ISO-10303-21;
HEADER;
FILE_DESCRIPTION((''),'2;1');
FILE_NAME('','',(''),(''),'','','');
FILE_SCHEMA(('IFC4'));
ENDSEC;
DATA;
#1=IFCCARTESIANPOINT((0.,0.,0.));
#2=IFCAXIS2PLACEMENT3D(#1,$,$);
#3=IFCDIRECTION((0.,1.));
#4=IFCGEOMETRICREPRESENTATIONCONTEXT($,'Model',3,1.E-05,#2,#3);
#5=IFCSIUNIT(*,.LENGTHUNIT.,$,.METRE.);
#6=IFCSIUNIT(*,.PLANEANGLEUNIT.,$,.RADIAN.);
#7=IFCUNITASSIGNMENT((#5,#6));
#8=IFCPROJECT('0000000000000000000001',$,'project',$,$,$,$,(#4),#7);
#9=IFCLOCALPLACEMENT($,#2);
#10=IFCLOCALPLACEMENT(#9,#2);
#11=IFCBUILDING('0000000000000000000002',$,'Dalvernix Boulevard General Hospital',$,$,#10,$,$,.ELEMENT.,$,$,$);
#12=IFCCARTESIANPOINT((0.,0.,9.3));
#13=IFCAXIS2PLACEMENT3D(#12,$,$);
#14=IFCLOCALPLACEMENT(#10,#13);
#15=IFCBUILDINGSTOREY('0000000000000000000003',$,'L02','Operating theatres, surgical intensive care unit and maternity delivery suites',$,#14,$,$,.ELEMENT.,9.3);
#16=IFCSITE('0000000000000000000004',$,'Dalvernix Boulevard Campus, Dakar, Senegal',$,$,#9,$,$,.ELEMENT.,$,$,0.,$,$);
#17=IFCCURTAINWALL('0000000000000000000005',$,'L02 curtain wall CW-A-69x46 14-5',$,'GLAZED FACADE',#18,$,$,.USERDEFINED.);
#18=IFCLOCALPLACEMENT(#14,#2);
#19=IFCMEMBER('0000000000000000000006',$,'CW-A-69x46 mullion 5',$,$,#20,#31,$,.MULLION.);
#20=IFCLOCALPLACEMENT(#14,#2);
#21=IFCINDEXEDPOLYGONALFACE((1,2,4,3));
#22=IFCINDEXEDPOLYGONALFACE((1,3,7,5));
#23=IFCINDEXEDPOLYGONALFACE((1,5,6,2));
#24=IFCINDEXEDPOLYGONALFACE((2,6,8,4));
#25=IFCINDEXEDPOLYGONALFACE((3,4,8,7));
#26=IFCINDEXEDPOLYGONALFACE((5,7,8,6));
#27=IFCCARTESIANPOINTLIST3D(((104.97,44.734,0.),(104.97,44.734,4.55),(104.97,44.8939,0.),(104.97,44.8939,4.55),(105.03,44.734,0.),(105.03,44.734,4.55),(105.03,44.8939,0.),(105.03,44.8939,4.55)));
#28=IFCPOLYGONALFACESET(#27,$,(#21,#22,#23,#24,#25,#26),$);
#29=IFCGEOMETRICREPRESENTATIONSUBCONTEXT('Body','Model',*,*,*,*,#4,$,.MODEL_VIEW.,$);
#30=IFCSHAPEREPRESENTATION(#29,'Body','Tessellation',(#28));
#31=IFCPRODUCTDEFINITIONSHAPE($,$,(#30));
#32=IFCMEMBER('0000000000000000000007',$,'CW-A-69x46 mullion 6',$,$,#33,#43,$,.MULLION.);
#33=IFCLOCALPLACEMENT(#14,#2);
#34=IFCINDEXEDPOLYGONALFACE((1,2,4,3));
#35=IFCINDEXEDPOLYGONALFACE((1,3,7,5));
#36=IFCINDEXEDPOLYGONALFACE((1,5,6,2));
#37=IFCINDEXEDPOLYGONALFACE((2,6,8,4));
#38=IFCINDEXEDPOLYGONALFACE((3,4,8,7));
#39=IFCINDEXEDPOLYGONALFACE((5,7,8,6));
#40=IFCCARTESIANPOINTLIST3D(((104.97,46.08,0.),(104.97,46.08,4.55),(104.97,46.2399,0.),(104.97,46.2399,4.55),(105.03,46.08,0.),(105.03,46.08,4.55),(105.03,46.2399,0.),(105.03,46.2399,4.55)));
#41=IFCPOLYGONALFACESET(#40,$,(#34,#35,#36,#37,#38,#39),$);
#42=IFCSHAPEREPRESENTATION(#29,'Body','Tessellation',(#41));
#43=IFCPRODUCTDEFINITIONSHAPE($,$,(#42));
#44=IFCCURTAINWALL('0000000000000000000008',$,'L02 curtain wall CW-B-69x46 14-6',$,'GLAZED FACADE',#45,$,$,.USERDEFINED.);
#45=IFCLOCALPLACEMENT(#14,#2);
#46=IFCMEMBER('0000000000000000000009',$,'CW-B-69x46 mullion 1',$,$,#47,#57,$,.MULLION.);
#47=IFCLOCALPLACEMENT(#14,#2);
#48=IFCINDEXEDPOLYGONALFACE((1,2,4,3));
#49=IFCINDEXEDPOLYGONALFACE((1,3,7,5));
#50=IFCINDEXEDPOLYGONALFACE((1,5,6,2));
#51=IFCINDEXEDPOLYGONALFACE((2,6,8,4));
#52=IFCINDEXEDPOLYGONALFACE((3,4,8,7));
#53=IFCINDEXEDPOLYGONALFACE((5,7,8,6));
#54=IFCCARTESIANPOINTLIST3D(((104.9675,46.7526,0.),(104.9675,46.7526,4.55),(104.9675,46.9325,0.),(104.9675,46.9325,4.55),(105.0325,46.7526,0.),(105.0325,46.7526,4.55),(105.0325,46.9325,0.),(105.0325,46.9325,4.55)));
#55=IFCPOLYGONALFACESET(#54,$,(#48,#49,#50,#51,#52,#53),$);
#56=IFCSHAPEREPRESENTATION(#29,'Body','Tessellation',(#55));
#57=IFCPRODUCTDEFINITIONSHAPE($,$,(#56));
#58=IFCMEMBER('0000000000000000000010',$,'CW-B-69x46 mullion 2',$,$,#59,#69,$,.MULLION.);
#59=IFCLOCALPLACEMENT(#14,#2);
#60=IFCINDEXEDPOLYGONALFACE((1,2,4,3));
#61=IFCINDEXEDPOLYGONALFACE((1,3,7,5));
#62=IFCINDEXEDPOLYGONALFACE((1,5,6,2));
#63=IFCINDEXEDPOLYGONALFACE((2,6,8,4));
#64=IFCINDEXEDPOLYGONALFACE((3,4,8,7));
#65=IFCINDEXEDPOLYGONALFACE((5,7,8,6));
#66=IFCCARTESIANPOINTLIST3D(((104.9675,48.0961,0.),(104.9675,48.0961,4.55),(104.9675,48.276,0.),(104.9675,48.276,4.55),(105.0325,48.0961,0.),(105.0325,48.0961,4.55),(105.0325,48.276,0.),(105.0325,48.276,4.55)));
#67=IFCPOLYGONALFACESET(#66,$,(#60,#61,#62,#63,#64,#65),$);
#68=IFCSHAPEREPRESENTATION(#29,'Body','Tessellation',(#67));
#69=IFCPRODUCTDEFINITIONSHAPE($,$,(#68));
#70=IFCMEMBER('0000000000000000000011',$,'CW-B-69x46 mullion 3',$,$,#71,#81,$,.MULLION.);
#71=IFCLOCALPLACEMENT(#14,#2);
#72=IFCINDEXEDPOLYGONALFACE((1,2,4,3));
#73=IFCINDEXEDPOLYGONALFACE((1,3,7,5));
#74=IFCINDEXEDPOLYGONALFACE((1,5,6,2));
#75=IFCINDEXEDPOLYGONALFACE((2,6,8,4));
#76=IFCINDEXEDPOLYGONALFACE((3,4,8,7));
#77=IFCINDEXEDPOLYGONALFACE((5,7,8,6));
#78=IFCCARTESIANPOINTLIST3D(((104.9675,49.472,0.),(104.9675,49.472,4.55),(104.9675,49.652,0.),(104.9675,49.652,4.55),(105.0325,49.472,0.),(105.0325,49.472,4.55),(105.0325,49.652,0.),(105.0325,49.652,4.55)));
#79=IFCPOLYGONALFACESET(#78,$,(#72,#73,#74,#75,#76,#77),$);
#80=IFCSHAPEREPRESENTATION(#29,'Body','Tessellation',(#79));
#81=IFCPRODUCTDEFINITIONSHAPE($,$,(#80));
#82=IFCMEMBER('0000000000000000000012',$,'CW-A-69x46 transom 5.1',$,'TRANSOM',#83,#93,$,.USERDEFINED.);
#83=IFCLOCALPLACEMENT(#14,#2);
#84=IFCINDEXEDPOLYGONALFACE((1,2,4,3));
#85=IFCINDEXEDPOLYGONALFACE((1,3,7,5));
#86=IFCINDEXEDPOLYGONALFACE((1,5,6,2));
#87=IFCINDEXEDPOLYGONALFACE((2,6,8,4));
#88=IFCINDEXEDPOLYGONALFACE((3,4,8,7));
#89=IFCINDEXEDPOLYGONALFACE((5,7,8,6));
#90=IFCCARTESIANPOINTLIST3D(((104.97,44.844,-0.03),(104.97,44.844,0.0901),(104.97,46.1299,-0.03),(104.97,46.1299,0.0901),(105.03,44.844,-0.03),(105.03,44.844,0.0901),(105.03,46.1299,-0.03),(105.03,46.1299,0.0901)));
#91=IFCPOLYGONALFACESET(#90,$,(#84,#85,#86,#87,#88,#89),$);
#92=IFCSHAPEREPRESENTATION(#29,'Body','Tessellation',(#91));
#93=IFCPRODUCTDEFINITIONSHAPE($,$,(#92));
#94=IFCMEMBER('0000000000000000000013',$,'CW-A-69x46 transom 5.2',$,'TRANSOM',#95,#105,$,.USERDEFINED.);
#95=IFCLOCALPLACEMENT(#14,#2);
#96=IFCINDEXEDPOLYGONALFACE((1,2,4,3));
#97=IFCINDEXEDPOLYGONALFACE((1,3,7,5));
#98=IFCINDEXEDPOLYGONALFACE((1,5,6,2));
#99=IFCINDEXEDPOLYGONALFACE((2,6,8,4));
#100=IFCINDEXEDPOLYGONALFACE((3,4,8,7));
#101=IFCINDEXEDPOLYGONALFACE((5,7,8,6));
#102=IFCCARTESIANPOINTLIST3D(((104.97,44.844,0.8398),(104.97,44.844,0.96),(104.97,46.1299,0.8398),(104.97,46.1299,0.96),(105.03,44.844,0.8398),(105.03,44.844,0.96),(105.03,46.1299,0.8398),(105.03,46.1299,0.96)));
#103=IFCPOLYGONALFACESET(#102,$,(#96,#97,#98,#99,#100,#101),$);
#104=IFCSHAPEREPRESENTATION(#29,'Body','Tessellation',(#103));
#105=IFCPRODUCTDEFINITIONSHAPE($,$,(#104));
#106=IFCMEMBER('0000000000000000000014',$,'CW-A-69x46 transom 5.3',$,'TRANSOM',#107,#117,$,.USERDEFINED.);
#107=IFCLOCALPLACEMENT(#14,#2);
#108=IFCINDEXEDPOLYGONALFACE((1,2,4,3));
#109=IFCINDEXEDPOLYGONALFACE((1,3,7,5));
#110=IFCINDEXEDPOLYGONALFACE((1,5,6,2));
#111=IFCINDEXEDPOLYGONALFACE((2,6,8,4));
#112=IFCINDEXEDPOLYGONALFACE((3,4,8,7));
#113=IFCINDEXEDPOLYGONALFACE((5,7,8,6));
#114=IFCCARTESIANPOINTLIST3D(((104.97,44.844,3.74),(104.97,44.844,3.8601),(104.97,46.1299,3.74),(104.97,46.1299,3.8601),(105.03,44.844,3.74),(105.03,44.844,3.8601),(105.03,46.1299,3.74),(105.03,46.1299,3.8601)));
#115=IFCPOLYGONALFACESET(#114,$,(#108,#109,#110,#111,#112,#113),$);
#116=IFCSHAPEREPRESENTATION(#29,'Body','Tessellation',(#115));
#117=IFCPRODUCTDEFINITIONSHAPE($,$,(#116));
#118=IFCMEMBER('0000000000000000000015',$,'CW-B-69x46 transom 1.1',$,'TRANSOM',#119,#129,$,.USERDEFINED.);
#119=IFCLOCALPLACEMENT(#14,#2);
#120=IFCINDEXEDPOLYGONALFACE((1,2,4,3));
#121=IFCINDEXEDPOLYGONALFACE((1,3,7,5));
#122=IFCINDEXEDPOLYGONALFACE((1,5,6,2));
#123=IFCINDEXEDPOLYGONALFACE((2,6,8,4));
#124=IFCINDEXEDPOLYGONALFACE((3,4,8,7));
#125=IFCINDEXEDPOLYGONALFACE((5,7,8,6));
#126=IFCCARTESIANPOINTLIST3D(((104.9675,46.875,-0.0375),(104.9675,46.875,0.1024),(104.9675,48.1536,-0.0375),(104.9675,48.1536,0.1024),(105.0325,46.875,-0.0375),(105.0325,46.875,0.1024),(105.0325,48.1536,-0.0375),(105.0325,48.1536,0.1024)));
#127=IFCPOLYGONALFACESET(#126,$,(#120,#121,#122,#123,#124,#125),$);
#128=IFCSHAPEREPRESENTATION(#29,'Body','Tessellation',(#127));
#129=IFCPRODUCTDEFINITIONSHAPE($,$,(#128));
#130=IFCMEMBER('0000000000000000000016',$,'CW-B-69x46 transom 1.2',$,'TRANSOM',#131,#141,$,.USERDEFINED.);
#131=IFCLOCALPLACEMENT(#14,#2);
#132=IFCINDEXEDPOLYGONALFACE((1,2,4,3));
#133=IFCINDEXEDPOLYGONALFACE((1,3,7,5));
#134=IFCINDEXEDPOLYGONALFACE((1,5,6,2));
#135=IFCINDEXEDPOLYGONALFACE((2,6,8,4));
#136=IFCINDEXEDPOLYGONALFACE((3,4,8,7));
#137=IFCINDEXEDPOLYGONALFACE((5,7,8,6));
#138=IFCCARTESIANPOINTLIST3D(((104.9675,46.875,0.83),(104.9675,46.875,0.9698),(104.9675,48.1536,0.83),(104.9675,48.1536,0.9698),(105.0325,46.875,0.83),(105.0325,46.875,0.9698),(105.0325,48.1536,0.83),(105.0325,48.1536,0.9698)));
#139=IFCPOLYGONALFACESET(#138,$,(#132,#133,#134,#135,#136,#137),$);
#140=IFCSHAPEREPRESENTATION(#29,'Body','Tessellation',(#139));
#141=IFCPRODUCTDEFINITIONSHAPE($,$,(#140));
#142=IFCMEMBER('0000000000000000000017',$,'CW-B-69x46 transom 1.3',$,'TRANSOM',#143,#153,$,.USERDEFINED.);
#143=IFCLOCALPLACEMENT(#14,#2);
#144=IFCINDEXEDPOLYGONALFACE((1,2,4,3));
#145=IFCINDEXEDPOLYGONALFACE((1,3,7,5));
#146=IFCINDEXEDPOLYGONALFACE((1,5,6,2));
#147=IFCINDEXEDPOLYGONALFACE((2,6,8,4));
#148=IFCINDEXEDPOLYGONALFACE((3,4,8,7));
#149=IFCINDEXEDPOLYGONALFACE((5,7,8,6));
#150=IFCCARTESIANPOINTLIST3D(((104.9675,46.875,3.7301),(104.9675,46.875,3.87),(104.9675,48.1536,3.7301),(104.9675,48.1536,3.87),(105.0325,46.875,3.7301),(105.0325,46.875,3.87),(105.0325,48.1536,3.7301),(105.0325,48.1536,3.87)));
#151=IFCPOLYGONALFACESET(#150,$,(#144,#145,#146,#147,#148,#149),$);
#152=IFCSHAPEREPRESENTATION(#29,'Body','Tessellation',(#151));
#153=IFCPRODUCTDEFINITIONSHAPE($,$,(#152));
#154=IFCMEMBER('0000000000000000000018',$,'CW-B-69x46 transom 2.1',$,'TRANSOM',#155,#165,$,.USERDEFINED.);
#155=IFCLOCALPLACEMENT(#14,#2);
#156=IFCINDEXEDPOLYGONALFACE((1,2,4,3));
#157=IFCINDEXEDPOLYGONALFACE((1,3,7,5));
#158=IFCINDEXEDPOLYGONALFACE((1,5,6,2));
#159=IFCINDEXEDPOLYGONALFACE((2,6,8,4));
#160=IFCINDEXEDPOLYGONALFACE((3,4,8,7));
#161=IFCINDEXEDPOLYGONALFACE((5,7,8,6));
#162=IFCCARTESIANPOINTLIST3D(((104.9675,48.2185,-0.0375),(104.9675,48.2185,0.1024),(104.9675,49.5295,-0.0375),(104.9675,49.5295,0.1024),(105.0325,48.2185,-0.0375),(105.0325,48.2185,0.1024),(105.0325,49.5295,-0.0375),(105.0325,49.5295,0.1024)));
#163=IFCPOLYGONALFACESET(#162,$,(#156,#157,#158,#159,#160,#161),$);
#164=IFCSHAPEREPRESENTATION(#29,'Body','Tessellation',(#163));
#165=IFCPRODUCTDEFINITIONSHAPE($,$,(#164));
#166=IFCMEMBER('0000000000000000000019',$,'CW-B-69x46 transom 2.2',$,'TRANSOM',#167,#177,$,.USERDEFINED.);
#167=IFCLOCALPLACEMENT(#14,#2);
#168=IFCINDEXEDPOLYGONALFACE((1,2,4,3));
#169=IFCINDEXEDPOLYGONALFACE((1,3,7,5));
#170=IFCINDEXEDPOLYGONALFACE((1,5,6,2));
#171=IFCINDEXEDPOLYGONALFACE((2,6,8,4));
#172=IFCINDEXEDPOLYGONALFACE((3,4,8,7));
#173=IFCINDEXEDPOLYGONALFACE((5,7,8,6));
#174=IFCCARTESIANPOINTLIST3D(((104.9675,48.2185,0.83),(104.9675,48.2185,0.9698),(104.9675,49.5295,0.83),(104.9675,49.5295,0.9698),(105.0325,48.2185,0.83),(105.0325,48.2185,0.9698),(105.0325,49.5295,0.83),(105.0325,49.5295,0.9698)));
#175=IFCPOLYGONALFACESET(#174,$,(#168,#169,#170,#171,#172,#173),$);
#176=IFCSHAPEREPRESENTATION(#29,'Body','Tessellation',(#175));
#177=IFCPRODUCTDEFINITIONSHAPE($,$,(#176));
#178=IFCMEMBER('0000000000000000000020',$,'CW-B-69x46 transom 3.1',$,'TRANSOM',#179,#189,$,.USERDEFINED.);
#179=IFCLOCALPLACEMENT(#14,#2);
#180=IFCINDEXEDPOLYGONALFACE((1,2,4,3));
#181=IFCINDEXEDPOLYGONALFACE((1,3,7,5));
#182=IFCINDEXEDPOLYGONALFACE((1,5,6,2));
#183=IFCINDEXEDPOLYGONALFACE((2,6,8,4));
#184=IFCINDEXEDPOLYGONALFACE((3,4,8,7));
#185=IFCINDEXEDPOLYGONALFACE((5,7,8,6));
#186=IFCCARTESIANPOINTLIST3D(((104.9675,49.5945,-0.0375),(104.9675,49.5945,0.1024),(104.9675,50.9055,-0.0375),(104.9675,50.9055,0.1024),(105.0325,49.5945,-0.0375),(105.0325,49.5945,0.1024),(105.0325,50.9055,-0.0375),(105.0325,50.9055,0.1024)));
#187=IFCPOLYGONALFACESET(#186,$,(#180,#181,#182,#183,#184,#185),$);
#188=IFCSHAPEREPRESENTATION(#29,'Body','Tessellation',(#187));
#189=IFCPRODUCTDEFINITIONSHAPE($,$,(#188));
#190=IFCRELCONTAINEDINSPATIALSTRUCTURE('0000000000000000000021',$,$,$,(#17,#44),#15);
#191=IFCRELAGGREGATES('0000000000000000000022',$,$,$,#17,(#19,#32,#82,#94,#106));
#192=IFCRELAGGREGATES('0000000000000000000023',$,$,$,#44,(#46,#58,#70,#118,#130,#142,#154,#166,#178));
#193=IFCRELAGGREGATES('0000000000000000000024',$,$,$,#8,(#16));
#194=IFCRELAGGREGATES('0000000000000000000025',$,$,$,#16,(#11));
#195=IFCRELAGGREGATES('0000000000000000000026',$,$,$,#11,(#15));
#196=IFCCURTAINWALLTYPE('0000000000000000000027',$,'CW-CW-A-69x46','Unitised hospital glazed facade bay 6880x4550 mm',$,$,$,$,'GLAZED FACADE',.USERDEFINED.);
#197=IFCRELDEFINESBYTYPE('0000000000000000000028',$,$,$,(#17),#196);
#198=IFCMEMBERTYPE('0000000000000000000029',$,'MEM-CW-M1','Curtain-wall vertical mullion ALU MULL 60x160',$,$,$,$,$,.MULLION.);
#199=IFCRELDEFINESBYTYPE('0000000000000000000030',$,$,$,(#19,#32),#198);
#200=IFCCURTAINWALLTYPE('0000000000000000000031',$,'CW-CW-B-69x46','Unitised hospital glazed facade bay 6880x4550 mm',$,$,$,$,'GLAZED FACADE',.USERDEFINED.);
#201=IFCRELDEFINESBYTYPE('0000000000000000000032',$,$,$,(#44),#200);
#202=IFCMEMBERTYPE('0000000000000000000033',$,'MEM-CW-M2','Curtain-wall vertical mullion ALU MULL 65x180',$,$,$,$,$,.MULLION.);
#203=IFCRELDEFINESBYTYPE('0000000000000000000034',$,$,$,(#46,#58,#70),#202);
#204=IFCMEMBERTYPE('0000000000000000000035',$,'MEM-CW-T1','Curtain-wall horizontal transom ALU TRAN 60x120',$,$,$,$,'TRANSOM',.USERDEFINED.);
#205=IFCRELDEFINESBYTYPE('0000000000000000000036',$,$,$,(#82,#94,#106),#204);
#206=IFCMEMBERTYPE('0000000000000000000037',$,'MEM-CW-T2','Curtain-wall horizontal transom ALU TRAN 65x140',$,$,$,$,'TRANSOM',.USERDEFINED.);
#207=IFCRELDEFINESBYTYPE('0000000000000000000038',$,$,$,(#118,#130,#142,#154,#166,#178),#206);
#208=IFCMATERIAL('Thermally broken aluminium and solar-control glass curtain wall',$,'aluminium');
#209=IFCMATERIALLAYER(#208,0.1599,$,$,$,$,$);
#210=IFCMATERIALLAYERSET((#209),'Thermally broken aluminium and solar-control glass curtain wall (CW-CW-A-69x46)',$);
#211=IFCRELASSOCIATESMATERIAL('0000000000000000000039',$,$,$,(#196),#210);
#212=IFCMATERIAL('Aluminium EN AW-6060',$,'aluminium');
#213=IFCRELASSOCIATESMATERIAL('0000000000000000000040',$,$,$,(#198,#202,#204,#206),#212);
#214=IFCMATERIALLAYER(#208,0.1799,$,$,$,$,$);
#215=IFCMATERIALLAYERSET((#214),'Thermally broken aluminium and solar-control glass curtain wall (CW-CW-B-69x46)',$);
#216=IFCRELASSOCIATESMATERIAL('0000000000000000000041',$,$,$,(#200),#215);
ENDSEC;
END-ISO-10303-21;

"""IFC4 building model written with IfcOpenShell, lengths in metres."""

from ifc_helpers import new_model, si_unit, direction, frame, origin, origin_2d, place, context, subcontext, project, spatial, rectangle, extrude, material, layer, layer_set, material_profile, profile_set, type_object, element, aggregate, save


model = new_model("IFC4")

# Units and contexts
model_context = context("Model", 3, precision=1e-05, world=origin(), true_north=direction((0.0, 1.0)))
body_context = subcontext(model_context, "Body", "Model", "MODEL_VIEW")
ifc_project = project(units=[si_unit("LENGTHUNIT", "METRE"), si_unit("PLANEANGLEUNIT", "RADIAN")], contexts=[model_context])

# Site, building, storey
site_placement = place(None, origin())
site = spatial("IfcSite", under=ifc_project, at=site_placement, Name="Dalvernix Boulevard Campus, Dakar, Senegal", CompositionType="ELEMENT", RefElevation=0.0)
building_placement = place(site_placement, origin())
building = spatial("IfcBuilding", under=site, at=building_placement, Name="Dalvernix Boulevard General Hospital", CompositionType="ELEMENT")
storey_placement = place(building_placement, frame((0.0, 0.0, 9.3)))
storey = spatial("IfcBuildingStorey", under=building, at=storey_placement, Name="L02", Description="Operating theatres, surgical intensive care unit and maternity delivery suites", CompositionType="ELEMENT", Elevation=9.3)

# Curtain walls, members
ifc_material_1 = material(Name="Thermally broken aluminium and solar-control glass curtain wall", Category="aluminium")
ifc_layer_1 = layer(ifc_material_1, 0.1599)
ifc_layer_set_1 = layer_set([ifc_layer_1], Name="Thermally broken aluminium and solar-control glass curtain wall (CW-CW-A-69x46)")
curtain_wall_type_1 = type_object("IfcCurtainWallType", Name="CW-CW-A-69x46", Description="Unitised hospital glazed facade bay 6880x4550 mm", ElementType="GLAZED FACADE", PredefinedType="USERDEFINED", material=ifc_layer_set_1)
curtain_wall_1_placement = place(storey_placement, origin())
curtain_wall_1 = element("IfcCurtainWall", 1, at=curtain_wall_1_placement, inside=storey, type_object=curtain_wall_type_1, Name="L02 curtain wall CW-A-69x46 14-5", ObjectType="GLAZED FACADE", PredefinedType="USERDEFINED")
ifc_material_2 = material(Name="Aluminium EN AW-6060", Category="aluminium")
ifc_material_profile_1 = material_profile(ifc_material_2, rectangle(XDim=0.0601, YDim=0.1599, at=origin_2d()), Name="ALU MULL 60x160")
ifc_profile_set_1 = profile_set([ifc_material_profile_1], Name="Aluminium EN AW-6060")
member_type_1 = type_object("IfcMemberType", Name="MEM-CW-M1", Description="Curtain-wall vertical mullion ALU MULL 60x160", PredefinedType="MULLION", material=ifc_profile_set_1)
member_1_placement = place(storey_placement, frame((105.0, 44.814, 0.0), z_axis=(0.0, 0.0, 1.0), x_axis=(-1.0, 0.0, 0.0)))
member_1 = element("IfcMember", 2, at=member_1_placement, type_object=member_type_1, Name="CW-A-69x46 mullion 5", PredefinedType="MULLION", context=body_context, shape_type="SweptSolid", body=[
    extrude(rectangle(XDim=0.0601, YDim=0.1599, at=origin_2d()), origin(), (0.0, 0.0, 1.0), 4.55),
])
member_2_placement = place(storey_placement, frame((105.0, 46.1599, 0.0), z_axis=(0.0, 0.0, 1.0), x_axis=(-1.0, 0.0, 0.0)))
member_2 = element("IfcMember", 3, at=member_2_placement, type_object=member_type_1, Name="CW-A-69x46 mullion 6", PredefinedType="MULLION", context=body_context, shape_type="SweptSolid", body=[
    extrude(rectangle(XDim=0.0601, YDim=0.1599, at=origin_2d()), origin(), (0.0, 0.0, 1.0), 4.55),
])
ifc_layer_2 = layer(ifc_material_1, 0.1799)
ifc_layer_set_2 = layer_set([ifc_layer_2], Name="Thermally broken aluminium and solar-control glass curtain wall (CW-CW-B-69x46)")
curtain_wall_type_2 = type_object("IfcCurtainWallType", Name="CW-CW-B-69x46", Description="Unitised hospital glazed facade bay 6880x4550 mm", ElementType="GLAZED FACADE", PredefinedType="USERDEFINED", material=ifc_layer_set_2)
curtain_wall_2_placement = place(storey_placement, origin())
curtain_wall_2 = element("IfcCurtainWall", 4, at=curtain_wall_2_placement, inside=storey, type_object=curtain_wall_type_2, Name="L02 curtain wall CW-B-69x46 14-6", ObjectType="GLAZED FACADE", PredefinedType="USERDEFINED")
ifc_material_profile_2 = material_profile(ifc_material_2, rectangle(XDim=0.0649, YDim=0.1799, at=origin_2d()), Name="ALU MULL 65x180")
ifc_profile_set_2 = profile_set([ifc_material_profile_2], Name="Aluminium EN AW-6060")
member_type_2 = type_object("IfcMemberType", Name="MEM-CW-M2", Description="Curtain-wall vertical mullion ALU MULL 65x180", PredefinedType="MULLION", material=ifc_profile_set_2)
member_3_placement = place(storey_placement, frame((105.0, 46.8425, 0.0), z_axis=(0.0, 0.0, 1.0), x_axis=(-1.0, 0.0, 0.0)))
member_3 = element("IfcMember", 5, at=member_3_placement, type_object=member_type_2, Name="CW-B-69x46 mullion 1", PredefinedType="MULLION", context=body_context, shape_type="SweptSolid", body=[
    extrude(rectangle(XDim=0.0649, YDim=0.1799, at=origin_2d()), origin(), (0.0, 0.0, 1.0), 4.55),
])
member_4_placement = place(storey_placement, frame((105.0, 48.186, 0.0), z_axis=(0.0, 0.0, 1.0), x_axis=(-1.0, 0.0, 0.0)))
member_4 = element("IfcMember", 6, at=member_4_placement, type_object=member_type_2, Name="CW-B-69x46 mullion 2", PredefinedType="MULLION", context=body_context, shape_type="SweptSolid", body=[
    extrude(rectangle(XDim=0.0649, YDim=0.1799, at=origin_2d()), origin(), (0.0, 0.0, 1.0), 4.55),
])
member_5_placement = place(storey_placement, frame((105.0, 49.562, 0.0), z_axis=(0.0, 0.0, 1.0), x_axis=(-1.0, 0.0, 0.0)))
member_5 = element("IfcMember", 7, at=member_5_placement, type_object=member_type_2, Name="CW-B-69x46 mullion 3", PredefinedType="MULLION", context=body_context, shape_type="SweptSolid", body=[
    extrude(rectangle(XDim=0.0649, YDim=0.1799, at=origin_2d()), origin(), (0.0, 0.0, 1.0), 4.55),
])

# Members
ifc_material_profile_3 = material_profile(ifc_material_2, rectangle(XDim=0.0601, YDim=0.1201, at=origin_2d()), Name="ALU TRAN 60x120")
ifc_profile_set_3 = profile_set([ifc_material_profile_3], Name="Aluminium EN AW-6060")
member_type_3 = type_object("IfcMemberType", Name="MEM-CW-T1", Description="Curtain-wall horizontal transom ALU TRAN 60x120", ElementType="TRANSOM", PredefinedType="USERDEFINED", material=ifc_profile_set_3)
member_6_placement = place(storey_placement, frame((105.0, 44.844, 0.03), z_axis=(0.0, 1.0, 0.0), x_axis=(-1.0, 0.0, 0.0)))
member_6 = element("IfcMember", 8, at=member_6_placement, type_object=member_type_3, Name="CW-A-69x46 transom 5.1", ObjectType="TRANSOM", PredefinedType="USERDEFINED", context=body_context, shape_type="SweptSolid", body=[
    extrude(rectangle(XDim=0.0601, YDim=0.1201, at=origin_2d()), origin(), (0.0, 0.0, 1.0), 1.2859),
])
member_7_placement = place(storey_placement, frame((105.0, 44.844, 0.8999), z_axis=(0.0, 1.0, 0.0), x_axis=(-1.0, 0.0, 0.0)))
member_7 = element("IfcMember", 9, at=member_7_placement, type_object=member_type_3, Name="CW-A-69x46 transom 5.2", ObjectType="TRANSOM", PredefinedType="USERDEFINED", context=body_context, shape_type="SweptSolid", body=[
    extrude(rectangle(XDim=0.0601, YDim=0.1201, at=origin_2d()), origin(), (0.0, 0.0, 1.0), 1.2859),
])
member_8_placement = place(storey_placement, frame((105.0, 44.844, 3.8), z_axis=(0.0, 1.0, 0.0), x_axis=(-1.0, 0.0, 0.0)))
member_8 = element("IfcMember", 10, at=member_8_placement, type_object=member_type_3, Name="CW-A-69x46 transom 5.3", ObjectType="TRANSOM", PredefinedType="USERDEFINED", context=body_context, shape_type="SweptSolid", body=[
    extrude(rectangle(XDim=0.0601, YDim=0.1201, at=origin_2d()), origin(), (0.0, 0.0, 1.0), 1.2859),
])
ifc_material_profile_4 = material_profile(ifc_material_2, rectangle(XDim=0.0649, YDim=0.1399, at=origin_2d()), Name="ALU TRAN 65x140")
ifc_profile_set_4 = profile_set([ifc_material_profile_4], Name="Aluminium EN AW-6060")
member_type_4 = type_object("IfcMemberType", Name="MEM-CW-T2", Description="Curtain-wall horizontal transom ALU TRAN 65x140", ElementType="TRANSOM", PredefinedType="USERDEFINED", material=ifc_profile_set_4)
member_9_placement = place(storey_placement, frame((105.0, 46.875, 0.0325), z_axis=(0.0, 1.0, 0.0), x_axis=(-1.0, 0.0, 0.0)))
member_9 = element("IfcMember", 11, at=member_9_placement, type_object=member_type_4, Name="CW-B-69x46 transom 1.1", ObjectType="TRANSOM", PredefinedType="USERDEFINED", context=body_context, shape_type="SweptSolid", body=[
    extrude(rectangle(XDim=0.0649, YDim=0.1399, at=origin_2d()), origin(), (0.0, 0.0, 1.0), 1.2786),
])
member_10_placement = place(storey_placement, frame((105.0, 46.875, 0.8999), z_axis=(0.0, 1.0, 0.0), x_axis=(-1.0, 0.0, 0.0)))
member_10 = element("IfcMember", 12, at=member_10_placement, type_object=member_type_4, Name="CW-B-69x46 transom 1.2", ObjectType="TRANSOM", PredefinedType="USERDEFINED", context=body_context, shape_type="SweptSolid", body=[
    extrude(rectangle(XDim=0.0649, YDim=0.1399, at=origin_2d()), origin(), (0.0, 0.0, 1.0), 1.2786),
])
member_11_placement = place(storey_placement, frame((105.0, 46.875, 3.8), z_axis=(0.0, 1.0, 0.0), x_axis=(-1.0, 0.0, 0.0)))
member_11 = element("IfcMember", 13, at=member_11_placement, type_object=member_type_4, Name="CW-B-69x46 transom 1.3", ObjectType="TRANSOM", PredefinedType="USERDEFINED", context=body_context, shape_type="SweptSolid", body=[
    extrude(rectangle(XDim=0.0649, YDim=0.1399, at=origin_2d()), origin(), (0.0, 0.0, 1.0), 1.2786),
])
member_12_placement = place(storey_placement, frame((105.0, 48.2185, 0.0325), z_axis=(0.0, 1.0, 0.0), x_axis=(-1.0, 0.0, 0.0)))
member_12 = element("IfcMember", 14, at=member_12_placement, type_object=member_type_4, Name="CW-B-69x46 transom 2.1", ObjectType="TRANSOM", PredefinedType="USERDEFINED", context=body_context, shape_type="SweptSolid", body=[
    extrude(rectangle(XDim=0.0649, YDim=0.1399, at=origin_2d()), origin(), (0.0, 0.0, 1.0), 1.311),
])
member_13_placement = place(storey_placement, frame((105.0, 48.2185, 0.8999), z_axis=(0.0, 1.0, 0.0), x_axis=(-1.0, 0.0, 0.0)))
member_13 = element("IfcMember", 15, at=member_13_placement, type_object=member_type_4, Name="CW-B-69x46 transom 2.2", ObjectType="TRANSOM", PredefinedType="USERDEFINED", context=body_context, shape_type="SweptSolid", body=[
    extrude(rectangle(XDim=0.0649, YDim=0.1399, at=origin_2d()), origin(), (0.0, 0.0, 1.0), 1.311),
])
member_14_placement = place(storey_placement, frame((105.0, 49.5945, 0.0325), z_axis=(0.0, 1.0, 0.0), x_axis=(-1.0, 0.0, 0.0)))
member_14 = element("IfcMember", 16, at=member_14_placement, type_object=member_type_4, Name="CW-B-69x46 transom 3.1", ObjectType="TRANSOM", PredefinedType="USERDEFINED", context=body_context, shape_type="SweptSolid", body=[
    extrude(rectangle(XDim=0.0649, YDim=0.1399, at=origin_2d()), origin(), (0.0, 0.0, 1.0), 1.311),
])

aggregate(curtain_wall_1, [member_1, member_2, member_6, member_7, member_8])
aggregate(curtain_wall_2, [member_3, member_4, member_5, member_9, member_10, member_11, member_12, member_13, member_14])

save(model, "model.ifc")
